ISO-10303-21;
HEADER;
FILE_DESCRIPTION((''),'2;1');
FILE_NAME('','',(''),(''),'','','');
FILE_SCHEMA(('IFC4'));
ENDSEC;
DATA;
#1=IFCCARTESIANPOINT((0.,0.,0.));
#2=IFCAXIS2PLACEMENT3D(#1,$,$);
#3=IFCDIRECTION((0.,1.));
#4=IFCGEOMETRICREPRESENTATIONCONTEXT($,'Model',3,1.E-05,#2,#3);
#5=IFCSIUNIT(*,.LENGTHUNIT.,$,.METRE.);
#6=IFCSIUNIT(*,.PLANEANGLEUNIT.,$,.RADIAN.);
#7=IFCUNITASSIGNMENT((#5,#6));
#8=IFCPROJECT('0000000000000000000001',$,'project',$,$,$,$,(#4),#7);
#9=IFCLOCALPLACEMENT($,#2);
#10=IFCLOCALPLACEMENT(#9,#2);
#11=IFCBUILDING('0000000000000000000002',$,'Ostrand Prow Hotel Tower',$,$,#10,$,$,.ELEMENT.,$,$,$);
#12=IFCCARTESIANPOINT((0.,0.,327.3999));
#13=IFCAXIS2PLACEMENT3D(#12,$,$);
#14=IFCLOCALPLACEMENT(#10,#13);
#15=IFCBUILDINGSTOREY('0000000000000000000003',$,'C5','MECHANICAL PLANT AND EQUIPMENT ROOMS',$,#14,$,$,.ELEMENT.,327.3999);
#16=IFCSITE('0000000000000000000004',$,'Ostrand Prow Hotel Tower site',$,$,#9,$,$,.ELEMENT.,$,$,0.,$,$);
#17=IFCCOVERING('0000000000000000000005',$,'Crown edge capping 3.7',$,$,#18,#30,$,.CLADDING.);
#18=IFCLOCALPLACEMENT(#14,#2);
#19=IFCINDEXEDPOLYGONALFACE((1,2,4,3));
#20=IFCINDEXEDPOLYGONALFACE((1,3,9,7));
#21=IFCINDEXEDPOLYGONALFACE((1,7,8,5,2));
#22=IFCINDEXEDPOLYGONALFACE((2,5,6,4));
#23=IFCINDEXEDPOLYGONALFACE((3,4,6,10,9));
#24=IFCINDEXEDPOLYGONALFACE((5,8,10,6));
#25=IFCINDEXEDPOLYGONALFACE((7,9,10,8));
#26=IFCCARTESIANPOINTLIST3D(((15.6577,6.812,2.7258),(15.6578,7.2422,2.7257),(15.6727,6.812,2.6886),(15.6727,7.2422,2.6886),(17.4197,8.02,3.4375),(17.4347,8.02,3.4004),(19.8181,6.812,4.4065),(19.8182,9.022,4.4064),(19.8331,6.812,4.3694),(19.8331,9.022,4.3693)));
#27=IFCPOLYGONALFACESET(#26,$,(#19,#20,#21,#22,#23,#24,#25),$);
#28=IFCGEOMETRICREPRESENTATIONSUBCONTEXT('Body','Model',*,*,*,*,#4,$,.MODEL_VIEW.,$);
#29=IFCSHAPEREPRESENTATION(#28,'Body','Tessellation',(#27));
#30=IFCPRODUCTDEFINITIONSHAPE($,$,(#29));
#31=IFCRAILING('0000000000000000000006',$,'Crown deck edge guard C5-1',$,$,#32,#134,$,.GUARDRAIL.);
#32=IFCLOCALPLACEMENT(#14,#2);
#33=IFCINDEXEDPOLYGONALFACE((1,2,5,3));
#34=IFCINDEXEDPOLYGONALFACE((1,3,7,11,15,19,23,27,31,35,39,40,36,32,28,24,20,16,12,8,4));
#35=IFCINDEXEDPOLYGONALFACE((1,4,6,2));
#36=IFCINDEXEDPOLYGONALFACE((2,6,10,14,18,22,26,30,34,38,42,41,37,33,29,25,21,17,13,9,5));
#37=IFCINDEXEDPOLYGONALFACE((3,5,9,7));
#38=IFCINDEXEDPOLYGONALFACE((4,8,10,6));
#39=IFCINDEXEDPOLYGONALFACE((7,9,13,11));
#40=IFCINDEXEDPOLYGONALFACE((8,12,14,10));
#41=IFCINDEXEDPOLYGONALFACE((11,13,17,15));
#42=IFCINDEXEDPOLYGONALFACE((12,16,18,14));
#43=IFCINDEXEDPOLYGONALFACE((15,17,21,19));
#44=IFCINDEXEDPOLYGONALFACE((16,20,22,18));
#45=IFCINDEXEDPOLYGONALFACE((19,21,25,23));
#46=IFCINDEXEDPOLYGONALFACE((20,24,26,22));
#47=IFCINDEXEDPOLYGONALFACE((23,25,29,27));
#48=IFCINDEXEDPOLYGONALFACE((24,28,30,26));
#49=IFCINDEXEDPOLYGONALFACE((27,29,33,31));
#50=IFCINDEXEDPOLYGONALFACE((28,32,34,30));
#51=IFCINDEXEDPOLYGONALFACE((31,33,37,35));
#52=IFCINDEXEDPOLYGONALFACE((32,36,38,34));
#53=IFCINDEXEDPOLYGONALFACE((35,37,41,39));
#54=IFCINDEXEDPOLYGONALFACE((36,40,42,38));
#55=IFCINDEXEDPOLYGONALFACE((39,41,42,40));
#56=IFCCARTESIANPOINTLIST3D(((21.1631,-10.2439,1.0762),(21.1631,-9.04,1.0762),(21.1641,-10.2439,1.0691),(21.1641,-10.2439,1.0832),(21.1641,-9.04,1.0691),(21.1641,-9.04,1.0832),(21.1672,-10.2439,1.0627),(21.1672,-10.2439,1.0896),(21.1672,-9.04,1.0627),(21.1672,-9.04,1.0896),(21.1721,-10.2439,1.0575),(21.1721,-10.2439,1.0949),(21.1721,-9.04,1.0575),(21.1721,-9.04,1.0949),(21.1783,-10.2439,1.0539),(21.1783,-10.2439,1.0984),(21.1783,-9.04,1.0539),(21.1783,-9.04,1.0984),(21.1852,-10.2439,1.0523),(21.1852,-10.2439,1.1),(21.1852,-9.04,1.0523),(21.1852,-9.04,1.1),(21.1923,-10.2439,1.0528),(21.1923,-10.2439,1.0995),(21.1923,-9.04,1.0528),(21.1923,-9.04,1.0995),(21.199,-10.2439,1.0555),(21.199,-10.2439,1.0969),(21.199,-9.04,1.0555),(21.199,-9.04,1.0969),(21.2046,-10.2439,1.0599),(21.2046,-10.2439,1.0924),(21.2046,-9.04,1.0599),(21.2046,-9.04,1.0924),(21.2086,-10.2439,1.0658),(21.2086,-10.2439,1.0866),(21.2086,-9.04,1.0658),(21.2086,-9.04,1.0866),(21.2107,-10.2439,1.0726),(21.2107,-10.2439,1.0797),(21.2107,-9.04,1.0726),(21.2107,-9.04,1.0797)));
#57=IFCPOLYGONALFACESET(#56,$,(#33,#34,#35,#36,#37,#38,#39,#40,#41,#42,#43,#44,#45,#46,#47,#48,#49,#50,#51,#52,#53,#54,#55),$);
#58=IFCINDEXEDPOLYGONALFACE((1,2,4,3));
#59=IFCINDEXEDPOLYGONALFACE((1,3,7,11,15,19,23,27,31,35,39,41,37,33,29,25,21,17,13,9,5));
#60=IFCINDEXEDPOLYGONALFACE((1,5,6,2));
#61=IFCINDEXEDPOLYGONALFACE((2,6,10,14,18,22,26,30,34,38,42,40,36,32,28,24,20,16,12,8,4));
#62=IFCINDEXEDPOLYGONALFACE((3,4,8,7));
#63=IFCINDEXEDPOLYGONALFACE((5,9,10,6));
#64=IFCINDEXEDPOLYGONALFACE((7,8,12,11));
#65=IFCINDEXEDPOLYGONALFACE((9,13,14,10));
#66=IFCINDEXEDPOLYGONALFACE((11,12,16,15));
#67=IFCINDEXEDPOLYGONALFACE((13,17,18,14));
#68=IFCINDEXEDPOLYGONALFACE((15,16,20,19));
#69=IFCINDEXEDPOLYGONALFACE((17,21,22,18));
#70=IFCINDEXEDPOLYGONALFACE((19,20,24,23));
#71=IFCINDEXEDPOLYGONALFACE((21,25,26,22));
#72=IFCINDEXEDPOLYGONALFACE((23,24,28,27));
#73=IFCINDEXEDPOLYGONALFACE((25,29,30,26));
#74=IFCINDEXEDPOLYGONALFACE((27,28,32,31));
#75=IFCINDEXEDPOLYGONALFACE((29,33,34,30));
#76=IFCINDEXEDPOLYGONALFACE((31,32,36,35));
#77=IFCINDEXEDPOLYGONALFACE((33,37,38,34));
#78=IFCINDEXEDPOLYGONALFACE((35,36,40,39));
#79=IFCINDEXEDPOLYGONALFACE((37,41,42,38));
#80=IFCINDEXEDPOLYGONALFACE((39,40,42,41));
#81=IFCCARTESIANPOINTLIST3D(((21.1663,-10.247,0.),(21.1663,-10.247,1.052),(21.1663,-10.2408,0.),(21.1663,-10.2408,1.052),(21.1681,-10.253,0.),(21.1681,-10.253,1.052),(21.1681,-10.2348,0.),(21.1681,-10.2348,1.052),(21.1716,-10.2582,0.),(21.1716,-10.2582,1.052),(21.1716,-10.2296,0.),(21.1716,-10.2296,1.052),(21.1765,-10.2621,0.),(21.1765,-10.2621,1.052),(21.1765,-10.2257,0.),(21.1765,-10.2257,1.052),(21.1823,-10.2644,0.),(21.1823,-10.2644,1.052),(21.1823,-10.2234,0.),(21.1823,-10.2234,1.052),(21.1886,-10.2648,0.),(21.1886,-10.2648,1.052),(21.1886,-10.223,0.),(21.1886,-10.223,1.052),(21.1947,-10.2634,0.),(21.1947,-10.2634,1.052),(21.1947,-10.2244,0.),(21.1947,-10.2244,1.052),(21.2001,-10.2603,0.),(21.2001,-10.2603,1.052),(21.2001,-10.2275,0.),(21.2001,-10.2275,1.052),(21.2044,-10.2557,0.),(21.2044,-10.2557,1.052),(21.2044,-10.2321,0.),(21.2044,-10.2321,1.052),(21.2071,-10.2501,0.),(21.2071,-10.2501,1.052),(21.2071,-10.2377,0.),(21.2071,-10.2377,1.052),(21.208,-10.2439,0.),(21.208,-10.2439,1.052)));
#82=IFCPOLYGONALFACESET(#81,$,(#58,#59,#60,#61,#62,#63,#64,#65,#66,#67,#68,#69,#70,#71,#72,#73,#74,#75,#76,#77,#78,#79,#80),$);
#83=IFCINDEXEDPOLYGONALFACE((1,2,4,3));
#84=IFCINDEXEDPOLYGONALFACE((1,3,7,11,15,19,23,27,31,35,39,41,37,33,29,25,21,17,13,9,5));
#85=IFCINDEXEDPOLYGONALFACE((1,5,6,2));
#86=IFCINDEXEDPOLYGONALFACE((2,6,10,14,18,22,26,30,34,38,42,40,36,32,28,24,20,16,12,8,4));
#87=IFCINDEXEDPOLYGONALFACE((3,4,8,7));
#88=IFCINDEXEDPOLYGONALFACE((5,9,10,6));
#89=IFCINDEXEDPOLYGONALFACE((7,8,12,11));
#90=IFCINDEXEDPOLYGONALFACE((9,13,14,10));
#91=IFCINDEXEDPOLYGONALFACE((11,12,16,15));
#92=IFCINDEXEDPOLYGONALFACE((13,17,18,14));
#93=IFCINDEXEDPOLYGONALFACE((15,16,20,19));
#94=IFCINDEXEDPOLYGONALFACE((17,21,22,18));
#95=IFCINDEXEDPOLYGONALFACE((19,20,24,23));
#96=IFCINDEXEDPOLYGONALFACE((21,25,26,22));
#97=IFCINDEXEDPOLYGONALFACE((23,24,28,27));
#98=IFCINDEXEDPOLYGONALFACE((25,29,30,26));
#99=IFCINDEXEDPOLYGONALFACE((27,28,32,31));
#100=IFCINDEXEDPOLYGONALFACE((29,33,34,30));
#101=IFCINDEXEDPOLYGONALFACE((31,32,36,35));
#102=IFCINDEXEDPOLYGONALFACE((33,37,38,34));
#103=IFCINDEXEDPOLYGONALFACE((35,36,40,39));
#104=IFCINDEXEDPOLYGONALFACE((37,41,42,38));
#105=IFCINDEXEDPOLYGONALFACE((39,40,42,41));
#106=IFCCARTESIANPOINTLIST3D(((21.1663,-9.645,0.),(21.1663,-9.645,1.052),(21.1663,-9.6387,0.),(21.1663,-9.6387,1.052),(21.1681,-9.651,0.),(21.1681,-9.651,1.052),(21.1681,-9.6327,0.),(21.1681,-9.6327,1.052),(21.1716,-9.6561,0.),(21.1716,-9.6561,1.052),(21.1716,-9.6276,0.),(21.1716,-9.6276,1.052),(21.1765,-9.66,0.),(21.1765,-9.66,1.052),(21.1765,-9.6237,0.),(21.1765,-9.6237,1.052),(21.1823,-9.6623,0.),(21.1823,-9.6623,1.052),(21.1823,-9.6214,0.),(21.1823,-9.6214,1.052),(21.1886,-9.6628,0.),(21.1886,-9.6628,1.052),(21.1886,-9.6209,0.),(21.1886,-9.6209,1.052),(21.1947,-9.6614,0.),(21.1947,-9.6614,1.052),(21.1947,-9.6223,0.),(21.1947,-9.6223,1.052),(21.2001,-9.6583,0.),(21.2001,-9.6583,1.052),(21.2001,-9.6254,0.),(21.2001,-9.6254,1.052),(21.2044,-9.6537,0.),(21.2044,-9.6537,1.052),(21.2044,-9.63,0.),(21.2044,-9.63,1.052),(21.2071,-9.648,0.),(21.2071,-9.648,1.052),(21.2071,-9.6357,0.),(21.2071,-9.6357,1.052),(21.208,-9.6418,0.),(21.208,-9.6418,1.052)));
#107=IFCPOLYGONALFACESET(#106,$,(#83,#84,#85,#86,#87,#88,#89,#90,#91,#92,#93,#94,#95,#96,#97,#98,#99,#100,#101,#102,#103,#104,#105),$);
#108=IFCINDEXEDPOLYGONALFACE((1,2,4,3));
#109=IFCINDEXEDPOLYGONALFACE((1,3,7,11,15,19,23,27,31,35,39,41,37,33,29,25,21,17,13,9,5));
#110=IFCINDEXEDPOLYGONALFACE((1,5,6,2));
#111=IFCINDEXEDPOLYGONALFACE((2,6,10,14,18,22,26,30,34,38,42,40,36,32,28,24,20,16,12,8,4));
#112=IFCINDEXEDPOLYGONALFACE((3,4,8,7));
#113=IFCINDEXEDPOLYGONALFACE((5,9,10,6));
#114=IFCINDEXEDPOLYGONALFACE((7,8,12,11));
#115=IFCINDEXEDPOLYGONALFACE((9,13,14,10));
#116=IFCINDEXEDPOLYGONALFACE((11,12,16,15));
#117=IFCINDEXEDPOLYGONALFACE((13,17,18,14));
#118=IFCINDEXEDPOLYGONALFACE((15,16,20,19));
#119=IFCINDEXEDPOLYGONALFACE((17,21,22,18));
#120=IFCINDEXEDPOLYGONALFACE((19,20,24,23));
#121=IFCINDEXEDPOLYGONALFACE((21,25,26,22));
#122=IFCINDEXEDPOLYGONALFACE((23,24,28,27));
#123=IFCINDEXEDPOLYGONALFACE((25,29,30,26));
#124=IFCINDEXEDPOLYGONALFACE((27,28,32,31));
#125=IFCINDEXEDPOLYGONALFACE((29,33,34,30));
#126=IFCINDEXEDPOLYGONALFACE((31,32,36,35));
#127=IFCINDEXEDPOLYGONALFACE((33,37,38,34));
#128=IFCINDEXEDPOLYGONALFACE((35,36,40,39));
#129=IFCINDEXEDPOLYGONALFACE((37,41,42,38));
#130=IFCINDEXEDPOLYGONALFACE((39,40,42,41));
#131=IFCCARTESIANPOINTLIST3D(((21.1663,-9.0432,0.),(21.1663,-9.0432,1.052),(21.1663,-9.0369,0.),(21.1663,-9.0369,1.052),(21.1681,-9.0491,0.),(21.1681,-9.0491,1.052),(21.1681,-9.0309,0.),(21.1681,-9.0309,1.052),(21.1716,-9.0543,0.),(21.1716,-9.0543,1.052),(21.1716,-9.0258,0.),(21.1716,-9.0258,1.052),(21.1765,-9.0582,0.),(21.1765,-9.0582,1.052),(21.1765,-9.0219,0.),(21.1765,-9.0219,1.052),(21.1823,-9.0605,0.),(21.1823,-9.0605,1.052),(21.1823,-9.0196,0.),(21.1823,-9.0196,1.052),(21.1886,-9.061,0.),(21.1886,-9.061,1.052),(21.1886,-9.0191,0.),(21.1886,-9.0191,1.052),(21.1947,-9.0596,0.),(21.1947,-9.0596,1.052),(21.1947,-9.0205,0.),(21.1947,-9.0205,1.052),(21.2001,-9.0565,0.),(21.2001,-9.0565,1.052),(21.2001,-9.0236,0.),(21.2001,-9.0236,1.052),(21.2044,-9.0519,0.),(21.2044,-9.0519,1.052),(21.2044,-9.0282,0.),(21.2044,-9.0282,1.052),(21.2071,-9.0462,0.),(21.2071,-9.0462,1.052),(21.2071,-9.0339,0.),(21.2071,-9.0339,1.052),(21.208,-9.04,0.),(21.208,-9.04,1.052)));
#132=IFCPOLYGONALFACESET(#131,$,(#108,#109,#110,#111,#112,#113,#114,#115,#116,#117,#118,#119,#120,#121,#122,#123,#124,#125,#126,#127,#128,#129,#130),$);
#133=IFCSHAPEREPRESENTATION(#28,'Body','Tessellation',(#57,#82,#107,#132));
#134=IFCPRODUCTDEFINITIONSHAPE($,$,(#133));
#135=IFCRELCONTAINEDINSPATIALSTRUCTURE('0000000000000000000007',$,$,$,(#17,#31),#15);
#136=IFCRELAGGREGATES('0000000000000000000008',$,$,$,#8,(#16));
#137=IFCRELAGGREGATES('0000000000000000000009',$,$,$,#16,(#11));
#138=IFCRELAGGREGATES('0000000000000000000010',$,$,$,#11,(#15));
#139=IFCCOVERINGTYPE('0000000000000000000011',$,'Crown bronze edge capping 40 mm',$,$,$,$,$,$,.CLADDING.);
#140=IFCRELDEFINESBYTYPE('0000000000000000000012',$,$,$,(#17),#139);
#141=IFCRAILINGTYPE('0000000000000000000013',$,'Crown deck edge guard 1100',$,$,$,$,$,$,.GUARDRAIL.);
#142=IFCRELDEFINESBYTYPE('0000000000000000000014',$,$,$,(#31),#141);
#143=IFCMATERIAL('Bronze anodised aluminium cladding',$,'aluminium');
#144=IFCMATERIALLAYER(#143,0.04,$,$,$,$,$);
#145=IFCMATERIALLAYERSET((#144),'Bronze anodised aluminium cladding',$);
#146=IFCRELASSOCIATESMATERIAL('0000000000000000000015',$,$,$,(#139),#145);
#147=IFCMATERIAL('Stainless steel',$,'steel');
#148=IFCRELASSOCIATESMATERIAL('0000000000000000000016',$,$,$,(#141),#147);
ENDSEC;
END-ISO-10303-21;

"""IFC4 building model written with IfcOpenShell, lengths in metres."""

from ifc_helpers import new_model, si_unit, direction, frame, origin, origin_2d, place, context, subcontext, project, spatial, polyline, circle, outline, extrude, material, layer, layer_set, type_object, element, save


model = new_model("IFC4")

# Units and contexts
model_context = context("Model", 3, precision=1e-05, world=origin(), true_north=direction((0.0, 1.0)))
body_context = subcontext(model_context, "Body", "Model", "MODEL_VIEW")
ifc_project = project(units=[si_unit("LENGTHUNIT", "METRE"), si_unit("PLANEANGLEUNIT", "RADIAN")], contexts=[model_context])

# Site, building, storey
site_placement = place(None, origin())
site = spatial("IfcSite", under=ifc_project, at=site_placement, Name="Ostrand Prow Hotel Tower site", CompositionType="ELEMENT", RefElevation=0.0)
building_placement = place(site_placement, origin())
building = spatial("IfcBuilding", under=site, at=building_placement, Name="Ostrand Prow Hotel Tower", CompositionType="ELEMENT")
storey_placement = place(building_placement, frame((0.0, 0.0, 327.3999)))
storey = spatial("IfcBuildingStorey", under=building, at=storey_placement, Name="C5", Description="MECHANICAL PLANT AND EQUIPMENT ROOMS", CompositionType="ELEMENT", Elevation=327.3999)

# Covering
ifc_material_1 = material(Name="Bronze anodised aluminium cladding", Category="aluminium")
ifc_layer_1 = layer(ifc_material_1, 0.04)
ifc_layer_set_1 = layer_set([ifc_layer_1], Name="Bronze anodised aluminium cladding")
covering_type_1 = type_object("IfcCoveringType", Name="Crown bronze edge capping 40 mm", PredefinedType="CLADDING", material=ifc_layer_set_1)
covering_1_placement = place(storey_placement, frame((17.4197, 8.02, 3.4375), z_axis=(-0.374573, 0.000036, 0.927198), x_axis=(-0.858098, -0.378822, -0.346643)))
element("IfcCovering", 1, at=covering_1_placement, inside=storey, type_object=covering_type_1, Name="Crown edge capping 3.7", PredefinedType="CLADDING", context=body_context, shape_type="SweptSolid", body=[
    extrude(outline(polyline([(0.0, 0.0), (2.0533, 0.0), (2.2163, 0.3981), (-1.9364, 2.0979), (-2.7736, 0.0527), (0.0, 0.0)])), origin(), (0.0, 0.0, -1.0), 0.04),
])

# Railing
ifc_material_2 = material(Name="Stainless steel", Category="steel")
railing_type = type_object("IfcRailingType", Name="Crown deck edge guard 1100", PredefinedType="GUARDRAIL", material=ifc_material_2)
railing_1_placement = place(storey_placement, frame((21.187, -10.2439, 0.0)))
element("IfcRailing", 2, at=railing_1_placement, inside=storey, type_object=railing_type, Name="Crown deck edge guard C5-1", PredefinedType="GUARDRAIL", context=body_context, shape_type="SweptSolid", body=[
    extrude(circle(Radius=0.0239, at=origin_2d()), frame((0.0, 0.0, 1.0762), z_axis=(0.0, 1.0, 0.0), x_axis=(-1.0, 0.0, 0.0)), (0.0, 0.0, 1.0), 1.2039),
    extrude(circle(Radius=0.021, at=origin_2d()), origin(), (0.0, 0.0, 1.0), 1.052),
    extrude(circle(Radius=0.021, at=origin_2d()), frame((0.0, 0.6021, 0.0)), (0.0, 0.0, 1.0), 1.052),
    extrude(circle(Radius=0.021, at=origin_2d()), frame((0.0, 1.2039, 0.0)), (0.0, 0.0, 1.0), 1.052),
])

save(model, "model.ifc")
